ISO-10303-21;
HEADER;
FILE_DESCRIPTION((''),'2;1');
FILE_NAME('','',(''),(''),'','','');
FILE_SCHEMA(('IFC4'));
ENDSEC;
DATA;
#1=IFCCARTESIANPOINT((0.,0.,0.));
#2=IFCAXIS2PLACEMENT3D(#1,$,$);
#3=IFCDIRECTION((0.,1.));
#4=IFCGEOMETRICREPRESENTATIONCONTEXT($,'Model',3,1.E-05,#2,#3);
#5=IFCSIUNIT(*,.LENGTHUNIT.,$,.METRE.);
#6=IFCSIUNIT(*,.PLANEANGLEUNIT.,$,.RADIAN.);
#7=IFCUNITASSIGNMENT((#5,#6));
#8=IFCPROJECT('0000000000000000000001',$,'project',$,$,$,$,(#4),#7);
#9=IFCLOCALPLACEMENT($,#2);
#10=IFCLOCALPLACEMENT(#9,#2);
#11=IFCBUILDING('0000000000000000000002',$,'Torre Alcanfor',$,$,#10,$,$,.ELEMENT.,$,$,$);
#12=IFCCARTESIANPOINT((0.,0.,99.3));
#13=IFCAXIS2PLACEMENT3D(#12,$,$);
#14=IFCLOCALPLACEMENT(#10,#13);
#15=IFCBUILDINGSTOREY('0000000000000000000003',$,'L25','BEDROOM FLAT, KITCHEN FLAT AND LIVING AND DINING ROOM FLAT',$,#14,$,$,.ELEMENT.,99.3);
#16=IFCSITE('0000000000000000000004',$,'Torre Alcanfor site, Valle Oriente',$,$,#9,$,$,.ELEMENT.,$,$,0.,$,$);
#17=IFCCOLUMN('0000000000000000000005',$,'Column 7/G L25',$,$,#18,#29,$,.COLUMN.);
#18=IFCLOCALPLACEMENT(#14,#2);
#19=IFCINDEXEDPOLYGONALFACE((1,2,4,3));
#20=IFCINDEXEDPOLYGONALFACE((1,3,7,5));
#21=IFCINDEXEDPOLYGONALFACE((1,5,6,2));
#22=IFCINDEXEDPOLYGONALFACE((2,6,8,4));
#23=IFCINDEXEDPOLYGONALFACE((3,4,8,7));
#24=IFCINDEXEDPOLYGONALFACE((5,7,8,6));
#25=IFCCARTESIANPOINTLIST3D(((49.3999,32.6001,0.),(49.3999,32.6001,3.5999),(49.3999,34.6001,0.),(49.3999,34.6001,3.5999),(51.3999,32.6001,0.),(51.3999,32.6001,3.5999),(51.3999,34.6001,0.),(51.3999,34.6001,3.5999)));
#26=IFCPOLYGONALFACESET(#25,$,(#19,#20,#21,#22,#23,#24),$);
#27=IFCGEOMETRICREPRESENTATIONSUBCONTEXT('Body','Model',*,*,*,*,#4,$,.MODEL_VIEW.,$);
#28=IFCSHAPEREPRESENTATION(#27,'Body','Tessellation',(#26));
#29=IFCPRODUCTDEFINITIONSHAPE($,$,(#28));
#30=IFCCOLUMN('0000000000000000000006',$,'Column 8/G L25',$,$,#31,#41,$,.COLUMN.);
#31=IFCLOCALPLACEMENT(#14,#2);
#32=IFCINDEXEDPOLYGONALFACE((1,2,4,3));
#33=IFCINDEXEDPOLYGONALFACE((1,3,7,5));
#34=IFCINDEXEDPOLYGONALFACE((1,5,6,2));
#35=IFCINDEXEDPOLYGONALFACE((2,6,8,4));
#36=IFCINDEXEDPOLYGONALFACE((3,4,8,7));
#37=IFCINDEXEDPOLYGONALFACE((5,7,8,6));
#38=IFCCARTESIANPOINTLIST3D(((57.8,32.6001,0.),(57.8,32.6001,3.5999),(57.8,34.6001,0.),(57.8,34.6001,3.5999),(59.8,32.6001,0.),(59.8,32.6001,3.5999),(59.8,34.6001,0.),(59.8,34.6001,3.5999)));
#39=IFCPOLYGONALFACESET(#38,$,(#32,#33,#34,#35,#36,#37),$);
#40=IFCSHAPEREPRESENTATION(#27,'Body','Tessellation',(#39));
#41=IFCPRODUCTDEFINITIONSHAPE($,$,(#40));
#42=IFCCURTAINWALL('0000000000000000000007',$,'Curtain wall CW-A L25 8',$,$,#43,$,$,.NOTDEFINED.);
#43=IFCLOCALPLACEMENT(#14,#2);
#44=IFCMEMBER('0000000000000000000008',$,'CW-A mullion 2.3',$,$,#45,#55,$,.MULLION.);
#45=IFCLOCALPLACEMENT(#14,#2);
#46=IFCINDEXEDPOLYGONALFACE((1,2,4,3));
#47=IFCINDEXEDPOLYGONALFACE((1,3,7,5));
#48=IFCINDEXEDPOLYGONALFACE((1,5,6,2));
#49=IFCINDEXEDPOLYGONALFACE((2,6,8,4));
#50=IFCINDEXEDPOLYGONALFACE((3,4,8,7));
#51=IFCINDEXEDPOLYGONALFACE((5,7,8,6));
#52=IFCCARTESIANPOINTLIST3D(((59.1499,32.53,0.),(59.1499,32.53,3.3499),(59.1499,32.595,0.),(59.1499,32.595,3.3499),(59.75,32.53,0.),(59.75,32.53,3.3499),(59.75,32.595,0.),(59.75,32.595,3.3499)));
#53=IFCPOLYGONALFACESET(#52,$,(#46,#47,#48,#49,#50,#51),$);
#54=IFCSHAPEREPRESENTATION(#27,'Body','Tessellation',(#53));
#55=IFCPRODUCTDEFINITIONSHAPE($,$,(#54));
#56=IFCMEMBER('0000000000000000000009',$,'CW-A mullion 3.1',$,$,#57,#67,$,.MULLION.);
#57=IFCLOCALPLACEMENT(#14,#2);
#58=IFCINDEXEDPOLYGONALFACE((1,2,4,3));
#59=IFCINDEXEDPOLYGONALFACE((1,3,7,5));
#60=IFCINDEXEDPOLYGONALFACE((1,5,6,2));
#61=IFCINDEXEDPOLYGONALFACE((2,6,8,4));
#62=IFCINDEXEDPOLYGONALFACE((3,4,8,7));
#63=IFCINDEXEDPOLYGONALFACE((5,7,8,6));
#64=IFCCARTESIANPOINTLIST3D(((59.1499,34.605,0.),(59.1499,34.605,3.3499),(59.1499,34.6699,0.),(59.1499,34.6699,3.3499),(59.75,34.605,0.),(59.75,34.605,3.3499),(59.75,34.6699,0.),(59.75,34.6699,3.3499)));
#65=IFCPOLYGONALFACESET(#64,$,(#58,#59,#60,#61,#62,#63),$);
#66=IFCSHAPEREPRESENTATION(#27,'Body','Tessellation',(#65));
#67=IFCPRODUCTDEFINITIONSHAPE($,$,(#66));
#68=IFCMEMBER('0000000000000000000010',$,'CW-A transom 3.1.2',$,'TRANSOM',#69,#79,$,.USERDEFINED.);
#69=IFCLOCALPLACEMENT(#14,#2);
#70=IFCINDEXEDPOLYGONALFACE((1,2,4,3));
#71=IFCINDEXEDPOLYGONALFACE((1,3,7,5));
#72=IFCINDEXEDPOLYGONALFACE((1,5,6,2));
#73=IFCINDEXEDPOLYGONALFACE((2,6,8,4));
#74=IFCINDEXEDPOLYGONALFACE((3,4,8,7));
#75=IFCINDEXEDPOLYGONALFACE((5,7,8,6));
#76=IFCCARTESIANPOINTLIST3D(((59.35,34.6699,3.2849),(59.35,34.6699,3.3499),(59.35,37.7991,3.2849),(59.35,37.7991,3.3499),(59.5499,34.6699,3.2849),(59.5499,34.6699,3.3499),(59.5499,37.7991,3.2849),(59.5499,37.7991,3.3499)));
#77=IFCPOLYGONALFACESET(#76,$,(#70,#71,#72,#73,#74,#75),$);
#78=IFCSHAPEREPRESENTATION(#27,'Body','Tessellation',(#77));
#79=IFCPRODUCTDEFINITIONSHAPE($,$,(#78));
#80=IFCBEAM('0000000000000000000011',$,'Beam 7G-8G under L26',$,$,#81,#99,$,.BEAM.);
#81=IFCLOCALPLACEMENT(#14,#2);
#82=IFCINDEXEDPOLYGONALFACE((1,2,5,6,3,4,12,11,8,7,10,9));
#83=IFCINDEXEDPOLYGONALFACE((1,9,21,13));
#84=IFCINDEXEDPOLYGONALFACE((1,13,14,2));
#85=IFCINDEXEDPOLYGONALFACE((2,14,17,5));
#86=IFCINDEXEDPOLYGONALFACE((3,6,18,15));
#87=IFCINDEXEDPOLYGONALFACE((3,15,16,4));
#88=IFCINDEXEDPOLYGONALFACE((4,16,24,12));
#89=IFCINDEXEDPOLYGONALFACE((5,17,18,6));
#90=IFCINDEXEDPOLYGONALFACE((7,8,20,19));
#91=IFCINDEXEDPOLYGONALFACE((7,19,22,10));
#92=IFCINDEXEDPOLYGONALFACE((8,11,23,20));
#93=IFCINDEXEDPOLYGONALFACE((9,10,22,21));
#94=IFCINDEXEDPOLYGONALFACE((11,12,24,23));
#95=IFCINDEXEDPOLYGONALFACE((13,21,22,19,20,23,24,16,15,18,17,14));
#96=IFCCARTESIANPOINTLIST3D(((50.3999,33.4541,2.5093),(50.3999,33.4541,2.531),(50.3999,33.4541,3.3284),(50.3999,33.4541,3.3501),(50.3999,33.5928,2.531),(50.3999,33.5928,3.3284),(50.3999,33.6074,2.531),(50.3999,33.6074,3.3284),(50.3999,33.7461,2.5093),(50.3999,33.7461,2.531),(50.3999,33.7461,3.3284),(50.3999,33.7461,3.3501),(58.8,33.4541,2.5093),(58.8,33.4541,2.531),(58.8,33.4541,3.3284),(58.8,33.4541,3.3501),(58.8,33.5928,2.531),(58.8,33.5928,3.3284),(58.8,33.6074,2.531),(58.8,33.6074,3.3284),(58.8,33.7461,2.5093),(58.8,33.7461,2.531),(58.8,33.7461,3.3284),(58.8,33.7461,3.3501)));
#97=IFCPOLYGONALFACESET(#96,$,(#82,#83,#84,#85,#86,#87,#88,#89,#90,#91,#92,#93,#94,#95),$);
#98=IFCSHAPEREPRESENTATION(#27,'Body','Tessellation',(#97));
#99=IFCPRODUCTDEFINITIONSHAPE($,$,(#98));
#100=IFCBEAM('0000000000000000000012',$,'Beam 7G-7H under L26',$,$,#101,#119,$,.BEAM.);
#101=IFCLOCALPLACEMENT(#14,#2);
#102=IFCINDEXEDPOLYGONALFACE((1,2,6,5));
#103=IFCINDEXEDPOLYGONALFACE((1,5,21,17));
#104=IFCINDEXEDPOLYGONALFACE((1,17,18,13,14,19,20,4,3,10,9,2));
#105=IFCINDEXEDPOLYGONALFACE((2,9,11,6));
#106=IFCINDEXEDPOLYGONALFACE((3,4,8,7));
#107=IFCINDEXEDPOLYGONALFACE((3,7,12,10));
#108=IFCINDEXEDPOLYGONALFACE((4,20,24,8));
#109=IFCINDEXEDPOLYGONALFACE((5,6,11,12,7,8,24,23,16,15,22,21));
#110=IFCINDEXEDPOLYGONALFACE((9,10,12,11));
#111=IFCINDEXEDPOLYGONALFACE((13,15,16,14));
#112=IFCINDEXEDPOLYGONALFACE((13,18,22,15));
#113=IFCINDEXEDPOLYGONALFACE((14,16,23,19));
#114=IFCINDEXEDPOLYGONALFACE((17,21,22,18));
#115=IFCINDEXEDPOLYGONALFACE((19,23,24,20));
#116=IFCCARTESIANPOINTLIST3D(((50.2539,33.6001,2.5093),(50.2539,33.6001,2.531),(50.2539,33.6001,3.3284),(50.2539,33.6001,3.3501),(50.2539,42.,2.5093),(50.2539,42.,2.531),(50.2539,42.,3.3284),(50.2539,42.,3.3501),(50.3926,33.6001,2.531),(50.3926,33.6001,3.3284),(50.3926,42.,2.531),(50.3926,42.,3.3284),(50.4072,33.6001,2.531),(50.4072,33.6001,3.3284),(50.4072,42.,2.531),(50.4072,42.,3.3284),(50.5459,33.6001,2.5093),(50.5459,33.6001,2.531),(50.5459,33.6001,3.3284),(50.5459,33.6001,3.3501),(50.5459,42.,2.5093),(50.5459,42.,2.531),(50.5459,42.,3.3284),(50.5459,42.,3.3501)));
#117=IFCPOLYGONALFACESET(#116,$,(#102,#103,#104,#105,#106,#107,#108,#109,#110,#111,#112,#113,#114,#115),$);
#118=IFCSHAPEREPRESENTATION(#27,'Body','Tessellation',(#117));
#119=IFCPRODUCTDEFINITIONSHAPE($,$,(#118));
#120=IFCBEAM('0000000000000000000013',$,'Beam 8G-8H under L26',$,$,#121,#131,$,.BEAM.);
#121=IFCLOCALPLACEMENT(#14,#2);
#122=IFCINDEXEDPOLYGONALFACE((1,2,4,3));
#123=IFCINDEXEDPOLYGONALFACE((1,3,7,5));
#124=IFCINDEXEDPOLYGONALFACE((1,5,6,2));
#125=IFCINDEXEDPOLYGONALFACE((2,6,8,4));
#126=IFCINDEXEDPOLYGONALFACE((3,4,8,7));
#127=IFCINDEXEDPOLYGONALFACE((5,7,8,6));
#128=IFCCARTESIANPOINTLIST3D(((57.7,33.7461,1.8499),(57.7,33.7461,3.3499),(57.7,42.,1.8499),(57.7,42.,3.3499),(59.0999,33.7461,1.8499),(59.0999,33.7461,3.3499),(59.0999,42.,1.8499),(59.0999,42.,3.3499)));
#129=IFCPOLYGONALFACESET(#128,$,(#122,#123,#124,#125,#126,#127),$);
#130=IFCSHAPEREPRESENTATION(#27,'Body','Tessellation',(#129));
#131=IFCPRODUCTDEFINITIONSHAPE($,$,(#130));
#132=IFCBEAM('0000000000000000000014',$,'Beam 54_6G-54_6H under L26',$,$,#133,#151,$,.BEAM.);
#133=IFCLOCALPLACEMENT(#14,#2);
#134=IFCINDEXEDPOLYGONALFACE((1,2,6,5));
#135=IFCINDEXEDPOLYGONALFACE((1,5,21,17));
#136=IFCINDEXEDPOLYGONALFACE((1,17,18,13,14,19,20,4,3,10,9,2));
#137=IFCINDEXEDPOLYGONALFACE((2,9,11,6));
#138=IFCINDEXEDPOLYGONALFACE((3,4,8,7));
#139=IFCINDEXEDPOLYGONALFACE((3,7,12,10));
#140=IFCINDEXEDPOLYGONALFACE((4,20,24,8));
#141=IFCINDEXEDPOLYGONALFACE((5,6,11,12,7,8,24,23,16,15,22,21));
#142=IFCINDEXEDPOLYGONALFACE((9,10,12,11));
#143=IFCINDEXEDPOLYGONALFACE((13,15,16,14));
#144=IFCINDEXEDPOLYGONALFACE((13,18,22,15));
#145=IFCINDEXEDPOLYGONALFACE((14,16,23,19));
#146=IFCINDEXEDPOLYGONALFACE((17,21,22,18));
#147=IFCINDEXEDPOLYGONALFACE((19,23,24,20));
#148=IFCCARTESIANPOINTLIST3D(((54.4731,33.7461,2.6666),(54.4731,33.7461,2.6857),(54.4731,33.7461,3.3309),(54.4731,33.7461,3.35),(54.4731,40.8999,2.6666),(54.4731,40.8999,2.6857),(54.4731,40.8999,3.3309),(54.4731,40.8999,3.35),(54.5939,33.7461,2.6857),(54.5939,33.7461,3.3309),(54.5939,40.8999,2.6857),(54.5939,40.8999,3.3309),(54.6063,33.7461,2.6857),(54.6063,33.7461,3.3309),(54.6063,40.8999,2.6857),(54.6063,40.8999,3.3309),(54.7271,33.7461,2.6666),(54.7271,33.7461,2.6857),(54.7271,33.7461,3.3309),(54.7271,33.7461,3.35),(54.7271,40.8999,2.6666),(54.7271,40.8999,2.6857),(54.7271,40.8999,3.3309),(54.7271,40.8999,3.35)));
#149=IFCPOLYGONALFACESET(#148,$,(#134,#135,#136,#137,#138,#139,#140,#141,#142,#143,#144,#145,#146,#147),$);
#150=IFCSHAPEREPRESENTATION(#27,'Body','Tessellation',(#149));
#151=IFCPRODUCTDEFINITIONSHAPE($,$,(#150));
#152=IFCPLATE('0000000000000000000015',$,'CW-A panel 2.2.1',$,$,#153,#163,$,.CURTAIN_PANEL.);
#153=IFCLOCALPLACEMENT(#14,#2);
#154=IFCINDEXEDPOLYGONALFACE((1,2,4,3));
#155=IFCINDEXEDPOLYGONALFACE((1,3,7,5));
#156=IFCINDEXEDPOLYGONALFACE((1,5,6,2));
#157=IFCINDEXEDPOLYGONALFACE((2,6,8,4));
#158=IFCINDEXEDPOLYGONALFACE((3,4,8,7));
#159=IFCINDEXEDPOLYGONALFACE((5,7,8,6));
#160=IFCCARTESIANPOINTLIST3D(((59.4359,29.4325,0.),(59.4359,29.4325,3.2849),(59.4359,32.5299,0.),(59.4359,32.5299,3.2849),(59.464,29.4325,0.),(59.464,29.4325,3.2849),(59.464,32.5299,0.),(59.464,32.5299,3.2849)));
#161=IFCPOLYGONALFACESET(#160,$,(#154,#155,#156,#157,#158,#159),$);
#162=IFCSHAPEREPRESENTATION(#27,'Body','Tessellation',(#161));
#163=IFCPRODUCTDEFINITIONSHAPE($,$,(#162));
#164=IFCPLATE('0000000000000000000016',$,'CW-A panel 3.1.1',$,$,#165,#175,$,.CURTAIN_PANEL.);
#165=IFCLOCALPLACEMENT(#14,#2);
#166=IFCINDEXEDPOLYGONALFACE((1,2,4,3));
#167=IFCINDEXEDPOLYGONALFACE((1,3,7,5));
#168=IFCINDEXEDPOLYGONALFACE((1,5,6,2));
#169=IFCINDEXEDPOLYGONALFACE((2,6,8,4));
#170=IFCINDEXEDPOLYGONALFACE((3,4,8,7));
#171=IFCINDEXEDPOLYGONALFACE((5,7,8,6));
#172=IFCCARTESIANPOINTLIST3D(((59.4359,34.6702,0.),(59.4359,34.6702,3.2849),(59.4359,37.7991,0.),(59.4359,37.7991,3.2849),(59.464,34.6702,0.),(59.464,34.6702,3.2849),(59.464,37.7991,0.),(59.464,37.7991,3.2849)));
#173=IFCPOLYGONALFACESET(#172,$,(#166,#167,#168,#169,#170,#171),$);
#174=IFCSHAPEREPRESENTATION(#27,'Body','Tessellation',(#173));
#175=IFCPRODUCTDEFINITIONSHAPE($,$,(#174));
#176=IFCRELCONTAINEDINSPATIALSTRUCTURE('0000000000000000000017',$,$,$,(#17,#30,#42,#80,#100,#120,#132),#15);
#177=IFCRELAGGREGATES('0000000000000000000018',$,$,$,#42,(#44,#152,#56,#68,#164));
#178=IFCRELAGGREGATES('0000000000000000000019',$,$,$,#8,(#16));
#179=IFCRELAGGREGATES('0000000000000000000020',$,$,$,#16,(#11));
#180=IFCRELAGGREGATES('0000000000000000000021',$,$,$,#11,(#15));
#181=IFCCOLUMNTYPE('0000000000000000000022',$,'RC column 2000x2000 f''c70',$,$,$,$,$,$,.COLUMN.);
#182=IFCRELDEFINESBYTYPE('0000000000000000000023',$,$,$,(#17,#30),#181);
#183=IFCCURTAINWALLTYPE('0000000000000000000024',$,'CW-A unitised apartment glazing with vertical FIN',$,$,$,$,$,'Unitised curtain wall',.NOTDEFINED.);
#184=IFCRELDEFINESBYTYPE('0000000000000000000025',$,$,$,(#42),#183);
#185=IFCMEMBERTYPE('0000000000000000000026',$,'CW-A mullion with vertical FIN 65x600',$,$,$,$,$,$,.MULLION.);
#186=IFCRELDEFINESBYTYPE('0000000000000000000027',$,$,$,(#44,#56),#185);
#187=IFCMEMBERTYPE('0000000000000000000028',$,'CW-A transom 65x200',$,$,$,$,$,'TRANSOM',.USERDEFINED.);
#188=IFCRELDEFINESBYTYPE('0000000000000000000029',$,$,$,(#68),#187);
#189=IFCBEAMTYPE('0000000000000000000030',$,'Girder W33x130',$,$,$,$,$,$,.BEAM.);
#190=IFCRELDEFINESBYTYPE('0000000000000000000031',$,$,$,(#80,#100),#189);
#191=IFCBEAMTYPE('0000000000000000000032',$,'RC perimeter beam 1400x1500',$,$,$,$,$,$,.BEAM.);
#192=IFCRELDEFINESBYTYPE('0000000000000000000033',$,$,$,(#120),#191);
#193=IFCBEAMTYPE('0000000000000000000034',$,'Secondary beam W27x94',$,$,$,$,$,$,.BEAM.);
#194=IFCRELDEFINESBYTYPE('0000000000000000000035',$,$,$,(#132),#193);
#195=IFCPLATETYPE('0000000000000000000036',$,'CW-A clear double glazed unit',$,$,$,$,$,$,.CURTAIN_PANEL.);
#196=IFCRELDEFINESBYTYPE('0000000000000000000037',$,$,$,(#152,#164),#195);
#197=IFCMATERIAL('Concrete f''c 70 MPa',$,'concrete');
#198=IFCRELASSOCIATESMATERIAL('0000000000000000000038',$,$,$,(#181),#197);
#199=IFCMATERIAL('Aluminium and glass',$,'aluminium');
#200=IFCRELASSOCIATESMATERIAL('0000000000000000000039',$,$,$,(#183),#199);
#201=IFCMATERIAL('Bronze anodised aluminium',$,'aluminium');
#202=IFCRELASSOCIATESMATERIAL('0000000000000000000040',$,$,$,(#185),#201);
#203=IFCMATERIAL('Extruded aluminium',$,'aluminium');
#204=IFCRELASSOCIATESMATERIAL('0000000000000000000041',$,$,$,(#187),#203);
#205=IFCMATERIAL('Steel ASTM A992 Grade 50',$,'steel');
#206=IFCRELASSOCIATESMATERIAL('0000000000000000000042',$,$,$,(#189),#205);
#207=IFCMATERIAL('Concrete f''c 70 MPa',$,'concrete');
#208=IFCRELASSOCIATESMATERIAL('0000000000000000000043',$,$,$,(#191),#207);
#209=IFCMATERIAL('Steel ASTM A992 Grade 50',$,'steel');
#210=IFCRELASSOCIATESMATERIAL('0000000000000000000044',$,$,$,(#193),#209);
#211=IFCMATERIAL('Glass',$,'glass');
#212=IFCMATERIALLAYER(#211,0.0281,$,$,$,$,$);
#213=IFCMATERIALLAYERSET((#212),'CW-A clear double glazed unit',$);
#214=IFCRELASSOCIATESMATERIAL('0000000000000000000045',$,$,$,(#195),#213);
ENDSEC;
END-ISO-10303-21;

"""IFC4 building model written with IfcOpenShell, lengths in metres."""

from ifc_helpers import new_model, si_unit, direction, frame, origin, origin_2d, place, context, subcontext, project, spatial, rectangle, i_section, extrude, material, layer, layer_set, material_profile, profile_set, type_object, element, aggregate, save


model = new_model("IFC4")

# Units and contexts
model_context = context("Model", 3, precision=1e-05, world=origin(), true_north=direction((0.0, 1.0)))
body_context = subcontext(model_context, "Body", "Model", "MODEL_VIEW")
ifc_project = project(units=[si_unit("LENGTHUNIT", "METRE"), si_unit("PLANEANGLEUNIT", "RADIAN")], contexts=[model_context])

# Site, building, storey
site_placement = place(None, origin())
site = spatial("IfcSite", under=ifc_project, at=site_placement, Name="Torre Alcanfor site, Valle Oriente", CompositionType="ELEMENT", RefElevation=0.0)
building_placement = place(site_placement, origin())
building = spatial("IfcBuilding", under=site, at=building_placement, Name="Torre Alcanfor", CompositionType="ELEMENT")
storey_placement = place(building_placement, frame((0.0, 0.0, 99.3)))
storey = spatial("IfcBuildingStorey", under=building, at=storey_placement, Name="L25", Description="BEDROOM FLAT, KITCHEN FLAT AND LIVING AND DINING ROOM FLAT", CompositionType="ELEMENT", Elevation=99.3)

# Columns
ifc_material_1 = material(Name="Concrete f'c 70 MPa", Category="concrete")
ifc_material_profile_1 = material_profile(ifc_material_1, rectangle(XDim=2.0, YDim=2.0, at=origin_2d()), Name="2000x2000")
ifc_profile_set_1 = profile_set([ifc_material_profile_1], Name="Concrete f'c 70 MPa")
column_type = type_object("IfcColumnType", Name="RC column 2000x2000 f'c70", PredefinedType="COLUMN", material=ifc_profile_set_1)
for number, where, z_axis, x_axis, name in (
    (1, (50.3999, 33.6001, 0.0), (0.0, 0.0, 1.0), (1.0, 0.0, 0.0), "Column 7/G L25"),
    (2, (58.8, 33.6001, 0.0), (0.0, 0.0, 1.0), (1.0, 0.0, 0.0), "Column 8/G L25"),
):
    element("IfcColumn", number, at=place(storey_placement, frame(where, z_axis=z_axis, x_axis=x_axis)), inside=storey, type_object=column_type, Name=name, PredefinedType="COLUMN", context=body_context, shape_type="SweptSolid", body=[
        extrude(rectangle(XDim=2.0, YDim=2.0, at=origin_2d()), origin(), (0.0, 0.0, 1.0), 3.5999),
    ])

# Curtain wall, members
ifc_material_2 = material(Name="Aluminium and glass", Category="aluminium")
curtain_wall_type = type_object("IfcCurtainWallType", Name="CW-A unitised apartment glazing with vertical FIN", ElementType="Unitised curtain wall", PredefinedType="NOTDEFINED", material=ifc_material_2)
curtain_wall_placement = place(storey_placement, origin())
curtain_wall = element("IfcCurtainWall", 3, at=curtain_wall_placement, inside=storey, type_object=curtain_wall_type, Name="Curtain wall CW-A L25 8", PredefinedType="NOTDEFINED")
ifc_material_3 = material(Name="Bronze anodised aluminium", Category="aluminium")
ifc_material_profile_2 = material_profile(ifc_material_3, rectangle(XDim=0.6001, YDim=0.0649, at=origin_2d()), Name="CW-A mullion 65x600")
ifc_profile_set_2 = profile_set([ifc_material_profile_2], Name="Bronze anodised aluminium")
member_type_1 = type_object("IfcMemberType", Name="CW-A mullion with vertical FIN 65x600", PredefinedType="MULLION", material=ifc_profile_set_2)
member_1_placement = place(storey_placement, frame((59.45, 32.5625, 0.0), z_axis=(0.0, 0.0, 1.0), x_axis=(-1.0, 0.0, 0.0)))
member_1 = element("IfcMember", 4, at=member_1_placement, type_object=member_type_1, Name="CW-A mullion 2.3", PredefinedType="MULLION", context=body_context, shape_type="SweptSolid", body=[
    extrude(rectangle(XDim=0.6001, YDim=0.0649, at=origin_2d()), origin(), (0.0, 0.0, 1.0), 3.3499),
])
member_2_placement = place(storey_placement, frame((59.45, 34.6375, 0.0), z_axis=(0.0, 0.0, 1.0), x_axis=(-1.0, 0.0, 0.0)))
member_2 = element("IfcMember", 5, at=member_2_placement, type_object=member_type_1, Name="CW-A mullion 3.1", PredefinedType="MULLION", context=body_context, shape_type="SweptSolid", body=[
    extrude(rectangle(XDim=0.6001, YDim=0.0649, at=origin_2d()), origin(), (0.0, 0.0, 1.0), 3.3499),
])
ifc_material_4 = material(Name="Extruded aluminium", Category="aluminium")
ifc_material_profile_3 = material_profile(ifc_material_4, rectangle(XDim=0.2, YDim=0.0649, at=origin_2d()), Name="CW-A transom 200x65")
ifc_profile_set_3 = profile_set([ifc_material_profile_3], Name="Extruded aluminium")
member_type_2 = type_object("IfcMemberType", Name="CW-A transom 65x200", ElementType="TRANSOM", PredefinedType="USERDEFINED", material=ifc_profile_set_3)
member_3_placement = place(storey_placement, frame((59.45, 34.6699, 3.3174), z_axis=(0.0, 1.0, 0.0), x_axis=(-1.0, 0.0, 0.0)))
member_3 = element("IfcMember", 6, at=member_3_placement, type_object=member_type_2, Name="CW-A transom 3.1.2", ObjectType="TRANSOM", PredefinedType="USERDEFINED", context=body_context, shape_type="SweptSolid", body=[
    extrude(rectangle(XDim=0.2, YDim=0.0649, at=origin_2d()), origin(), (0.0, 0.0, 1.0), 3.1292),
])

# Beams
ifc_material_5 = material(Name="Steel ASTM A992 Grade 50", Category="steel")
ifc_material_profile_4 = material_profile(ifc_material_5, i_section(OverallWidth=0.292, OverallDepth=0.8408, WebThickness=0.0146, FlangeThickness=0.0217, at=origin_2d()), Name="W33x130")
ifc_profile_set_4 = profile_set([ifc_material_profile_4], Name="Steel ASTM A992 Grade 50")
beam_type_1 = type_object("IfcBeamType", Name="Girder W33x130", PredefinedType="BEAM", material=ifc_profile_set_4)
beam_1_placement = place(storey_placement, frame((50.3999, 33.6001, 2.9297), z_axis=(1.0, 0.0, 0.0), x_axis=(0.0, 1.0, 0.0)))
element("IfcBeam", 7, at=beam_1_placement, inside=storey, type_object=beam_type_1, Name="Beam 7G-8G under L26", PredefinedType="BEAM", context=body_context, shape_type="SweptSolid", body=[
    extrude(i_section(OverallWidth=0.292, OverallDepth=0.8408, WebThickness=0.0146, FlangeThickness=0.0217, at=origin_2d()), origin(), (0.0, 0.0, 1.0), 8.4001),
])
beam_2_placement = place(storey_placement, frame((50.3999, 33.6001, 2.9297), z_axis=(0.0, 1.0, 0.0), x_axis=(-1.0, 0.0, 0.0)))
element("IfcBeam", 8, at=beam_2_placement, inside=storey, type_object=beam_type_1, Name="Beam 7G-7H under L26", PredefinedType="BEAM", context=body_context, shape_type="SweptSolid", body=[
    extrude(i_section(OverallWidth=0.292, OverallDepth=0.8408, WebThickness=0.0146, FlangeThickness=0.0217, at=origin_2d()), origin(), (0.0, 0.0, 1.0), 8.3999),
])
ifc_material_6 = material(Name="Concrete f'c 70 MPa", Category="concrete")
ifc_material_profile_5 = material_profile(ifc_material_6, rectangle(XDim=1.3999, YDim=1.5, at=origin_2d()), Name="1400x1500")
ifc_profile_set_5 = profile_set([ifc_material_profile_5], Name="Concrete f'c 70 MPa")
beam_type_2 = type_object("IfcBeamType", Name="RC perimeter beam 1400x1500", PredefinedType="BEAM", material=ifc_profile_set_5)
beam_3_placement = place(storey_placement, frame((58.3999, 33.7461, 2.5999), z_axis=(0.0, 1.0, 0.0), x_axis=(-1.0, 0.0, 0.0)))
element("IfcBeam", 9, at=beam_3_placement, inside=storey, type_object=beam_type_2, Name="Beam 8G-8H under L26", PredefinedType="BEAM", context=body_context, shape_type="SweptSolid", body=[
    extrude(rectangle(XDim=1.3999, YDim=1.5, at=origin_2d()), origin(), (0.0, 0.0, 1.0), 8.2539),
])
ifc_material_7 = material(Name="Steel ASTM A992 Grade 50", Category="steel")
ifc_material_profile_6 = material_profile(ifc_material_7, i_section(OverallWidth=0.2539, OverallDepth=0.6833, WebThickness=0.0125, FlangeThickness=0.019, at=origin_2d()), Name="W27x94")
ifc_profile_set_6 = profile_set([ifc_material_profile_6], Name="Steel ASTM A992 Grade 50")
beam_type_3 = type_object("IfcBeamType", Name="Secondary beam W27x94", PredefinedType="BEAM", material=ifc_profile_set_6)
beam_4_placement = place(storey_placement, frame((54.6001, 33.7461, 3.0083), z_axis=(0.0, 1.0, 0.0), x_axis=(-1.0, 0.0, 0.0)))
element("IfcBeam", 10, at=beam_4_placement, inside=storey, type_object=beam_type_3, Name="Beam 54_6G-54_6H under L26", PredefinedType="BEAM", context=body_context, shape_type="SweptSolid", body=[
    extrude(i_section(OverallWidth=0.2539, OverallDepth=0.6833, WebThickness=0.0125, FlangeThickness=0.019, at=origin_2d()), origin(), (0.0, 0.0, 1.0), 7.1538),
])

# Plates
ifc_material_8 = material(Name="Glass", Category="glass")
ifc_layer_1 = layer(ifc_material_8, 0.0281)
ifc_layer_set_1 = layer_set([ifc_layer_1], Name="CW-A clear double glazed unit")
plate_type = type_object("IfcPlateType", Name="CW-A clear double glazed unit", PredefinedType="CURTAIN_PANEL", material=ifc_layer_set_1)
plate_1_placement = place(storey_placement, frame((59.45, 30.9812, 0.0), z_axis=(0.0, 0.0, 1.0), x_axis=(0.0, 1.0, 0.0)))
plate_1 = element("IfcPlate", 11, at=plate_1_placement, type_object=plate_type, Name="CW-A panel 2.2.1", PredefinedType="CURTAIN_PANEL", context=body_context, shape_type="SweptSolid", body=[
    extrude(rectangle(XDim=3.0974, YDim=0.0281, at=origin_2d()), origin(), (0.0, 0.0, 1.0), 3.2849),
])
plate_2_placement = place(storey_placement, frame((59.45, 36.2346, 0.0), z_axis=(0.0, 0.0, 1.0), x_axis=(0.0, 1.0, 0.0)))
plate_2 = element("IfcPlate", 12, at=plate_2_placement, type_object=plate_type, Name="CW-A panel 3.1.1", PredefinedType="CURTAIN_PANEL", context=body_context, shape_type="SweptSolid", body=[
    extrude(rectangle(XDim=3.1289, YDim=0.0281, at=origin_2d()), origin(), (0.0, 0.0, 1.0), 3.2849),
])
aggregate(curtain_wall, [member_1, plate_1, member_2, member_3, plate_2])

save(model, "model.ifc")
